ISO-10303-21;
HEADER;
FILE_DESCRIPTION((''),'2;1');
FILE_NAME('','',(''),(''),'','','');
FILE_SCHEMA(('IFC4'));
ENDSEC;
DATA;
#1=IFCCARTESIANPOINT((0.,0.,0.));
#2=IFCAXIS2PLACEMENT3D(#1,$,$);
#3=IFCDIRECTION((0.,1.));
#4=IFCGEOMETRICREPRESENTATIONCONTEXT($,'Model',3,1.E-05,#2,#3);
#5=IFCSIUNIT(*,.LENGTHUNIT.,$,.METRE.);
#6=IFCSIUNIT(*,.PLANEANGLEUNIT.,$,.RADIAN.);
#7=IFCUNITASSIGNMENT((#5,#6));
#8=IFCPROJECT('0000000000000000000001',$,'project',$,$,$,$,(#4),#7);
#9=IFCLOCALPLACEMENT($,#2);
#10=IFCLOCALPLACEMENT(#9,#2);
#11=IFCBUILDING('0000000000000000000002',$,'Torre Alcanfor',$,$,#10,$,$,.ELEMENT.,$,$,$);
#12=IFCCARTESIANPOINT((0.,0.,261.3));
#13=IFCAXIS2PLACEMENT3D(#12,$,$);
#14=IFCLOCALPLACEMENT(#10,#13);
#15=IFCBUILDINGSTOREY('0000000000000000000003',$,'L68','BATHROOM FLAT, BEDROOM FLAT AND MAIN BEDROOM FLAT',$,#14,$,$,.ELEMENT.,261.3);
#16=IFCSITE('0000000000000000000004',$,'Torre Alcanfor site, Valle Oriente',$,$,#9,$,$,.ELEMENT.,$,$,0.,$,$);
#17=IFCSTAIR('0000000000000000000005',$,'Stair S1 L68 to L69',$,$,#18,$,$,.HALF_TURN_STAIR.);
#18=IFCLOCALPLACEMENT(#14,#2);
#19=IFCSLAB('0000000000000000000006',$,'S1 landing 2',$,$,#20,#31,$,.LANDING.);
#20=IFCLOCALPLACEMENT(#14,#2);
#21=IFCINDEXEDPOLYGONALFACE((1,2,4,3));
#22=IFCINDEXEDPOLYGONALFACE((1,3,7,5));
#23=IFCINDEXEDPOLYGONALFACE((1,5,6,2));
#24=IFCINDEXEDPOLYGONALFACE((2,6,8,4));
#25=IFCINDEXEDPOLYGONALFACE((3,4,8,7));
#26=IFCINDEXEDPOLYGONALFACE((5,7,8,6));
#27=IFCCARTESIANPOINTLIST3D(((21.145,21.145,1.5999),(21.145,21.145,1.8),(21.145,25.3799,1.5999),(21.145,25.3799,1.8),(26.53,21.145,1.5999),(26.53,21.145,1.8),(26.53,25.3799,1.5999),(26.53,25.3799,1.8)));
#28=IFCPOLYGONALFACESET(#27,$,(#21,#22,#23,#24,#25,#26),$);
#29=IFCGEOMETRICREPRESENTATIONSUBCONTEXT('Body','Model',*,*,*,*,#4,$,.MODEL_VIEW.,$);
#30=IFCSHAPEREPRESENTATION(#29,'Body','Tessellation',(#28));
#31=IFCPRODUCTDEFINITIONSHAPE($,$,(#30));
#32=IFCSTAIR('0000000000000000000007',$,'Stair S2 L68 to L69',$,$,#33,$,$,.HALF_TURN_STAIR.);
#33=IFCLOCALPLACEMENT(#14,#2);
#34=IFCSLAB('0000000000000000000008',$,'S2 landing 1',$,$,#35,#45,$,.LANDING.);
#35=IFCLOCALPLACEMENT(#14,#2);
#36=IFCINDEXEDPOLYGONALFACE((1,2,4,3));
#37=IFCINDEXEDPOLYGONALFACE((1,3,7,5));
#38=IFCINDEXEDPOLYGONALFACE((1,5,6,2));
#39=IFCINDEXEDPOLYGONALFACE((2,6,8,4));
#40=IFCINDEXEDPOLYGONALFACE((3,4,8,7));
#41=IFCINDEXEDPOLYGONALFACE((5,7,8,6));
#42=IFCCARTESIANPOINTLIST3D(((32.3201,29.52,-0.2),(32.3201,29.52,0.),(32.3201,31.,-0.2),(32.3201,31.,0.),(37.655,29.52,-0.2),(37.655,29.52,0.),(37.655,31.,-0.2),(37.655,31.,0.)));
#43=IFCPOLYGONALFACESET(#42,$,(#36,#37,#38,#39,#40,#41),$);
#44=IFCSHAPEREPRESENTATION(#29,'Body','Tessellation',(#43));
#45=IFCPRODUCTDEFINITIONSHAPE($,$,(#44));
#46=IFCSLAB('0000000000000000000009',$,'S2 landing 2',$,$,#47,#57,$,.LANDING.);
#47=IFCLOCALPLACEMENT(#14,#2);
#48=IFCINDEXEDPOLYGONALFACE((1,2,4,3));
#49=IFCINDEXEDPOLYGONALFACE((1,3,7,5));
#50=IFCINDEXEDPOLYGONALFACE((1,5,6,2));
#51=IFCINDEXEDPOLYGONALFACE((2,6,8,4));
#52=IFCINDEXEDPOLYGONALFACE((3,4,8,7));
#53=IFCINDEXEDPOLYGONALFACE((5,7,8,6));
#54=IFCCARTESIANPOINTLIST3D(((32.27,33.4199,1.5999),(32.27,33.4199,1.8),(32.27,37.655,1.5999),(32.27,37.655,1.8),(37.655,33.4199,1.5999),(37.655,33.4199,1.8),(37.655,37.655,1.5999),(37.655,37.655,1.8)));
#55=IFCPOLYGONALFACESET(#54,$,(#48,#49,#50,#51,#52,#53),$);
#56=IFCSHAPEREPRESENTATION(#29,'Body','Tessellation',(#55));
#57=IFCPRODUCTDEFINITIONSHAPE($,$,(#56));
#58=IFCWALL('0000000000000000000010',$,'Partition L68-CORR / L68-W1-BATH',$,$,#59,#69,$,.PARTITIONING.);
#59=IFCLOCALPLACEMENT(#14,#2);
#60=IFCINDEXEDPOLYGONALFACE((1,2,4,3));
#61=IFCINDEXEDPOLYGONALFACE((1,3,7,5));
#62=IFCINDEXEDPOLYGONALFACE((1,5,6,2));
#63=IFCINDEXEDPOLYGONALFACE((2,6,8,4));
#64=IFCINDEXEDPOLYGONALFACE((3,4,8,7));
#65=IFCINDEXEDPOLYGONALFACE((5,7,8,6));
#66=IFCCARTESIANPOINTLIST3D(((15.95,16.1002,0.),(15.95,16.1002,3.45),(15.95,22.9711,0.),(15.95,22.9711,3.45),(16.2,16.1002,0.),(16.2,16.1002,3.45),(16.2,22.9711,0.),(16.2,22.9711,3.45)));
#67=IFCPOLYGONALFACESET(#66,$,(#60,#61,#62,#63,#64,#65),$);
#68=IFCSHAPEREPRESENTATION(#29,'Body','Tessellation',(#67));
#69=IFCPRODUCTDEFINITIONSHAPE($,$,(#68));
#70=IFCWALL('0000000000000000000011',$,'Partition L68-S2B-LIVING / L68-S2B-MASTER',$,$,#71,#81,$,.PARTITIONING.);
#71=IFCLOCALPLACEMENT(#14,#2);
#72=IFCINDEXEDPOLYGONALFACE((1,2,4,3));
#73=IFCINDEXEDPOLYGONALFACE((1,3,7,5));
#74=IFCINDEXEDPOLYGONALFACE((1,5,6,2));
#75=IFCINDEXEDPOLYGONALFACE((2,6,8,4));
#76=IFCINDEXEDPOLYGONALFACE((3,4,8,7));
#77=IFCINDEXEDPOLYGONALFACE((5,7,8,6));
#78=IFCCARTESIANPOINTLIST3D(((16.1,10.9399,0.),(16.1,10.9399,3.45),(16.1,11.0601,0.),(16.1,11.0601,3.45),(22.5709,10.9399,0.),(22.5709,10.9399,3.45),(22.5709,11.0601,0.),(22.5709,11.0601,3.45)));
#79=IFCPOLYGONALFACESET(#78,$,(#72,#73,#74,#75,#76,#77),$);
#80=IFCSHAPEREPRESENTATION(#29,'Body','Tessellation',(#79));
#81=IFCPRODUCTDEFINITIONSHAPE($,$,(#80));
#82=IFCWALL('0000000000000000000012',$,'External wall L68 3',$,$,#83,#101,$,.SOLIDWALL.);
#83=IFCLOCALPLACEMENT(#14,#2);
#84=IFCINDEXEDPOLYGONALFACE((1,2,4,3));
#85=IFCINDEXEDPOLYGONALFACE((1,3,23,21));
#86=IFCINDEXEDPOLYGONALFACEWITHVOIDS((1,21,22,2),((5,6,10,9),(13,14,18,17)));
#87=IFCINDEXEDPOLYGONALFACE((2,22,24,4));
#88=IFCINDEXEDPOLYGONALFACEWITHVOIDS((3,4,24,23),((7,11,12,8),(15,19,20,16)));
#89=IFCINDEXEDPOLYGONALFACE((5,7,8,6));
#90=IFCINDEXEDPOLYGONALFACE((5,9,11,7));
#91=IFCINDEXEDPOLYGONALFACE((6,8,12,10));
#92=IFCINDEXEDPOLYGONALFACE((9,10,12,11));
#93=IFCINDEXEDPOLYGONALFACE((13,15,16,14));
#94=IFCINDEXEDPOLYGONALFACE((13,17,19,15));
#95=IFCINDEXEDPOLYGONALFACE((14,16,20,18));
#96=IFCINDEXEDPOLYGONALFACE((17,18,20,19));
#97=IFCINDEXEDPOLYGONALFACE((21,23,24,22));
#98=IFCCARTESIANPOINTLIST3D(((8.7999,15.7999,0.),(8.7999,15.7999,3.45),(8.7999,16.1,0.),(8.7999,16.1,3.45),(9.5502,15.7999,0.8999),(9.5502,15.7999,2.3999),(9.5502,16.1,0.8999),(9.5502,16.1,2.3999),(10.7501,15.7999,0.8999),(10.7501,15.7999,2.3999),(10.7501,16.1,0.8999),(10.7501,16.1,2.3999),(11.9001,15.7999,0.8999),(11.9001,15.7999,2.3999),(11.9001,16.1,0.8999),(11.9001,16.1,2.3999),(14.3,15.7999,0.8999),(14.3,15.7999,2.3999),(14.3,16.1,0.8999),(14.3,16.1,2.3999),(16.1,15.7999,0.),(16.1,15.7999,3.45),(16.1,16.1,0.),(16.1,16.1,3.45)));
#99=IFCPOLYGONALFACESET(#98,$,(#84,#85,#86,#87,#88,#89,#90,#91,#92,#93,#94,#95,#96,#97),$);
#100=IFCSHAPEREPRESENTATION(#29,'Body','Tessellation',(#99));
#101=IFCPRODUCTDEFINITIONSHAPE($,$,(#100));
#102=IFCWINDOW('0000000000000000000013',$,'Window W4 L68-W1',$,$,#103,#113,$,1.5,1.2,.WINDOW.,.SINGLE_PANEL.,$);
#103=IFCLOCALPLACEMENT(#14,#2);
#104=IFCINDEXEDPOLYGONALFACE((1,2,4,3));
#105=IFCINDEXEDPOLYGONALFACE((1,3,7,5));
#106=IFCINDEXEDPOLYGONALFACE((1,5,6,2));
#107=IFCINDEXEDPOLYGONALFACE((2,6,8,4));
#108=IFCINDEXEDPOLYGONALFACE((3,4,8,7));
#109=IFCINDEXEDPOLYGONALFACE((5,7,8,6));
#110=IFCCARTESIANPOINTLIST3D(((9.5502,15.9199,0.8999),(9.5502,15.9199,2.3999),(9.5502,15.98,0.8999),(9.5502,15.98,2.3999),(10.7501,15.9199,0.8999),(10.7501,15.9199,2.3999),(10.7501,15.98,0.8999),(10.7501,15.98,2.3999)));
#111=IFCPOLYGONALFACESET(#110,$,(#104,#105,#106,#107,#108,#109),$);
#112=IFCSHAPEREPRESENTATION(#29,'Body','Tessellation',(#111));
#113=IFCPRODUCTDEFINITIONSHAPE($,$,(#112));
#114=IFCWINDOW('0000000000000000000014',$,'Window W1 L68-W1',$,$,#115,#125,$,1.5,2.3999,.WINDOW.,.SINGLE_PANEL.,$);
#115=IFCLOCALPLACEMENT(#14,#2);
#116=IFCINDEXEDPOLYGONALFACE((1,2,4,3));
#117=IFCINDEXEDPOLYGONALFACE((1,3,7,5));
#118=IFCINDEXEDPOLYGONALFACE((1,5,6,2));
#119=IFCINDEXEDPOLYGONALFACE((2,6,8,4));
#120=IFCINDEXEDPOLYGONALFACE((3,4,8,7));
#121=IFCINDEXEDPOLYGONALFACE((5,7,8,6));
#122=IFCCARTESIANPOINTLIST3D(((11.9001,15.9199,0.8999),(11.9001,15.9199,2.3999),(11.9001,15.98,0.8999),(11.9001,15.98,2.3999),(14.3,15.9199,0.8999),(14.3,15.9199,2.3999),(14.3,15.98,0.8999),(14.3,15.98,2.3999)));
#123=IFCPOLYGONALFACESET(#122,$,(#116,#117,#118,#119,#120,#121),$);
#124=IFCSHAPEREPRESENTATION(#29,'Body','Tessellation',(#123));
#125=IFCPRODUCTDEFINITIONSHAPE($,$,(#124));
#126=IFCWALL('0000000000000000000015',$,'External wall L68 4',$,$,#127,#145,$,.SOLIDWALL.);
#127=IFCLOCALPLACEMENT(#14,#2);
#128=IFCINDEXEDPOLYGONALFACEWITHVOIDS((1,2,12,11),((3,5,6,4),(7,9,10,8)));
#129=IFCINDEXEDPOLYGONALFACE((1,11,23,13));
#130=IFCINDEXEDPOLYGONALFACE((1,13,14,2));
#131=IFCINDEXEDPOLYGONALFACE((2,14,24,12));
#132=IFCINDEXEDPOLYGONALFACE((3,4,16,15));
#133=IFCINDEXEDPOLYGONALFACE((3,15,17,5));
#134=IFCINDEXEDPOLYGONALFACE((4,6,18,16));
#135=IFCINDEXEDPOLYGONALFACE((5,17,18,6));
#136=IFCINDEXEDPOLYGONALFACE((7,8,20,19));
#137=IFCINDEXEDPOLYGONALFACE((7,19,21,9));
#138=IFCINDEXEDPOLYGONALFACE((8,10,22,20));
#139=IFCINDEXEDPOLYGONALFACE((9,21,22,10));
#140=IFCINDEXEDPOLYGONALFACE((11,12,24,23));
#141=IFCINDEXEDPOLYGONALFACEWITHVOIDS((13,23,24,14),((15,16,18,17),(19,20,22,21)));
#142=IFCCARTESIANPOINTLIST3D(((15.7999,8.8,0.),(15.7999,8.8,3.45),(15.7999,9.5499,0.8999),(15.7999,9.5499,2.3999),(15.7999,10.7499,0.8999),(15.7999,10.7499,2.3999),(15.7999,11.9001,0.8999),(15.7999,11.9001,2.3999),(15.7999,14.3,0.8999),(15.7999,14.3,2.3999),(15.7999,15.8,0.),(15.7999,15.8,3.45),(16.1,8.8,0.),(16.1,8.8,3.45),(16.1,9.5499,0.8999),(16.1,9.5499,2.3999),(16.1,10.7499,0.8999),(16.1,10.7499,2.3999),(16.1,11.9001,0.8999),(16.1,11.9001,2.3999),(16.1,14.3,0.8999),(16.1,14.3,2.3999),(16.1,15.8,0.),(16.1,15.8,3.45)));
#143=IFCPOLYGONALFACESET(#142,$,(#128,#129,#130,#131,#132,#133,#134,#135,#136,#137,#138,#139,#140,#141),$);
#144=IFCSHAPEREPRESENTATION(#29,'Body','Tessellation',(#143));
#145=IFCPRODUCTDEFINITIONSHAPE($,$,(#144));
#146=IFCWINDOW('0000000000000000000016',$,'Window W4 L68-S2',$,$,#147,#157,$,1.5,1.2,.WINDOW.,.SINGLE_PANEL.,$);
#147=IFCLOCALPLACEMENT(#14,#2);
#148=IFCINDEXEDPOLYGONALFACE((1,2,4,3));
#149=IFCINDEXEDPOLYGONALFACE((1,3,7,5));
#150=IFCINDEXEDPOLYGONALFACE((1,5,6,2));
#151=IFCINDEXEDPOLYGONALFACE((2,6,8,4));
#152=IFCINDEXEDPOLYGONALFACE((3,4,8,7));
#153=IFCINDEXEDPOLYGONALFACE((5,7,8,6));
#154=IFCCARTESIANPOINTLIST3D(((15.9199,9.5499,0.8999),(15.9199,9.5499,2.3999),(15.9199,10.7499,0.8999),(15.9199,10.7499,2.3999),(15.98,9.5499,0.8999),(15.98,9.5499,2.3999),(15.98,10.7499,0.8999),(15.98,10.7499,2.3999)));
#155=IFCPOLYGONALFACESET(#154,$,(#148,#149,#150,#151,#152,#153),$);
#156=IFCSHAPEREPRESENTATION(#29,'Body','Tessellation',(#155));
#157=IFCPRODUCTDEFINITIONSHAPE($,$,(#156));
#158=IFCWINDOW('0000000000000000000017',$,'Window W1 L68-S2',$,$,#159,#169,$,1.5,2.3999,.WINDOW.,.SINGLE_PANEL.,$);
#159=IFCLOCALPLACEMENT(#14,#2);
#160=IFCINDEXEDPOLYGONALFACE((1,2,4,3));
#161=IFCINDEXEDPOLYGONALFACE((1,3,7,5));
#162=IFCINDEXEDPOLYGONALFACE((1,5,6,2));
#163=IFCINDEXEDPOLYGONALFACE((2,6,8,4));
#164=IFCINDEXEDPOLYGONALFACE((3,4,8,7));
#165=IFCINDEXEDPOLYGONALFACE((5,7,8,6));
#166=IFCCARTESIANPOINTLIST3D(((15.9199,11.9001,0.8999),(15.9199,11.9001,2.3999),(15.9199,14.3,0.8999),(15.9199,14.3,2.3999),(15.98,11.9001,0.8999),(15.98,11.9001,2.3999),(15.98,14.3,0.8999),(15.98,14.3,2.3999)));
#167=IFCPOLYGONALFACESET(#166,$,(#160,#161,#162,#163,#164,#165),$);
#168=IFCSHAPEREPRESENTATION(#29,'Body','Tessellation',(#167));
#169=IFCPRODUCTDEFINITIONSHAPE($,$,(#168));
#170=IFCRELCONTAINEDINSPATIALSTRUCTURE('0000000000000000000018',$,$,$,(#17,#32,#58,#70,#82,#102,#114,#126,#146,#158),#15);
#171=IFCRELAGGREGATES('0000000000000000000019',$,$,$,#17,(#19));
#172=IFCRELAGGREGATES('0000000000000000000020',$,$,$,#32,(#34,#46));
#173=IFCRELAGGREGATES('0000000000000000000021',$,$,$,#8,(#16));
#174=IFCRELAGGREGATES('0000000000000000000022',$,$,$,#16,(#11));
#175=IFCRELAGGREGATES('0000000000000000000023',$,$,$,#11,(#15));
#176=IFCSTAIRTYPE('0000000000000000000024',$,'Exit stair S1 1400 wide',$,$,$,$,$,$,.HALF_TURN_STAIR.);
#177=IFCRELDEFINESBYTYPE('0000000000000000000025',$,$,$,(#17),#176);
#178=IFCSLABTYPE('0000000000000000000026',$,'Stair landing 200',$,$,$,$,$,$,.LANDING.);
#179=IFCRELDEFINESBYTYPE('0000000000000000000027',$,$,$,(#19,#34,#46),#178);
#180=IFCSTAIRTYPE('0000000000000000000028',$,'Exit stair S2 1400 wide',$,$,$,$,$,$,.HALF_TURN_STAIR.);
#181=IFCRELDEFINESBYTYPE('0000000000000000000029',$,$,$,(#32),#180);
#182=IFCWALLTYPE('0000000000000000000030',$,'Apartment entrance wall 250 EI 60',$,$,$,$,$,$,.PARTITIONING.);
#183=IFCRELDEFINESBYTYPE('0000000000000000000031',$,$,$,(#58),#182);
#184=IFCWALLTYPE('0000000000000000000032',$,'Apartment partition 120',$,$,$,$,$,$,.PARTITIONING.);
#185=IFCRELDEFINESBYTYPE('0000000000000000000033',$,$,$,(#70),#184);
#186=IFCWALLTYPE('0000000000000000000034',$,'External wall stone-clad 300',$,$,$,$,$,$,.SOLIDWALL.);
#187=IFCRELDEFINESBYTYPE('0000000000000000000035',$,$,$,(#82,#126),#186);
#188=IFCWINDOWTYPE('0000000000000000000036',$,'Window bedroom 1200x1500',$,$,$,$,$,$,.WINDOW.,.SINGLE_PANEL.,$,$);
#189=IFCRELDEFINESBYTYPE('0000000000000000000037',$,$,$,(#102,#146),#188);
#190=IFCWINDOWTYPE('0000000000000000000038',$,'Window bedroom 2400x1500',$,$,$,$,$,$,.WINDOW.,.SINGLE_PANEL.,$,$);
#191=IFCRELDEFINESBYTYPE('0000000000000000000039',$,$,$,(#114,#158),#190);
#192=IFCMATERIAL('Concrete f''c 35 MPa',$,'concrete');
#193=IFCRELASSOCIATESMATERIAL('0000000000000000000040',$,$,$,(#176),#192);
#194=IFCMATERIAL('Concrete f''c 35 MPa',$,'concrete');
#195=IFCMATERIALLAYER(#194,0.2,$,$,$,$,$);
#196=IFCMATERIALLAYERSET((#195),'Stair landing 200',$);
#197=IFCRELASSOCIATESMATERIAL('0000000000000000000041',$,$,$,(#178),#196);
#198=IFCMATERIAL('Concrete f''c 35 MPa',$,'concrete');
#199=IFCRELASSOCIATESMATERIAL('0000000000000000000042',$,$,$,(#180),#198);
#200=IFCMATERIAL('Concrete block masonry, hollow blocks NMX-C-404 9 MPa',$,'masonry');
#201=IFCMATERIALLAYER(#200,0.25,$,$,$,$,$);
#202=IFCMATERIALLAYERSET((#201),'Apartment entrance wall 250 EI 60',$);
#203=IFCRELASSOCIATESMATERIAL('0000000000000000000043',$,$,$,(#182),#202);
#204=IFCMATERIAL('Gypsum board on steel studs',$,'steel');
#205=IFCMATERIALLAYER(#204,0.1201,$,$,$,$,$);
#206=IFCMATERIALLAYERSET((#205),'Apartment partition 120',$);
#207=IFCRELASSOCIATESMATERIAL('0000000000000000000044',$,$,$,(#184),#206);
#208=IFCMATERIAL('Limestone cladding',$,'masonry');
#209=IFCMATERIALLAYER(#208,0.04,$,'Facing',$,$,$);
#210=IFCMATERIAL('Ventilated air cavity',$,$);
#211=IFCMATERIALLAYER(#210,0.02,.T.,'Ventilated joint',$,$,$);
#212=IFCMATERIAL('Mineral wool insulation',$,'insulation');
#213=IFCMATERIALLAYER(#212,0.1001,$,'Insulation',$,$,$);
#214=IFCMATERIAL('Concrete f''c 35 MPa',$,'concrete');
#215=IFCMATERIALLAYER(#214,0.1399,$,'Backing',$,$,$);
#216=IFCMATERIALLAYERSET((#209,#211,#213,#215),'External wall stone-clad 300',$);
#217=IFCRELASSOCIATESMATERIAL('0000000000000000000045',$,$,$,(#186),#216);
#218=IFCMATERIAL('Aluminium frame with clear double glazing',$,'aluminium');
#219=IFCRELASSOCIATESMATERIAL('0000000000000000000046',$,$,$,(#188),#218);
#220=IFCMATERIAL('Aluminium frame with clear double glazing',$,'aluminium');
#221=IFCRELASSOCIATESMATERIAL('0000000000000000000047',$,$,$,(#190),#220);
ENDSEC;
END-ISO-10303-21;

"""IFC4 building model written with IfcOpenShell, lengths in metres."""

from ifc_helpers import new_model, si_unit, direction, frame, frame_2d, origin, place, context, subcontext, project, spatial, polyline, rectangle, outline, extrude, material, layer, layer_set, type_object, element, fill, aggregate, save


model = new_model("IFC4")

# Units and contexts
model_context = context("Model", 3, precision=1e-05, world=origin(), true_north=direction((0.0, 1.0)))
body_context = subcontext(model_context, "Body", "Model", "MODEL_VIEW")
ifc_project = project(units=[si_unit("LENGTHUNIT", "METRE"), si_unit("PLANEANGLEUNIT", "RADIAN")], contexts=[model_context])

# Site, building, storey
site_placement = place(None, origin())
site = spatial("IfcSite", under=ifc_project, at=site_placement, Name="Torre Alcanfor site, Valle Oriente", CompositionType="ELEMENT", RefElevation=0.0)
building_placement = place(site_placement, origin())
building = spatial("IfcBuilding", under=site, at=building_placement, Name="Torre Alcanfor", CompositionType="ELEMENT")
storey_placement = place(building_placement, frame((0.0, 0.0, 261.3)))
storey = spatial("IfcBuildingStorey", under=building, at=storey_placement, Name="L68", Description="BATHROOM FLAT, BEDROOM FLAT AND MAIN BEDROOM FLAT", CompositionType="ELEMENT", Elevation=261.3)

# Stairs, slabs
ifc_material_1 = material(Name="Concrete f'c 35 MPa", Category="concrete")
stair_type_1 = type_object("IfcStairType", Name="Exit stair S1 1400 wide", PredefinedType="HALF_TURN_STAIR", material=ifc_material_1)
stair_1_placement = place(storey_placement, origin())
stair_1 = element("IfcStair", 1, at=stair_1_placement, inside=storey, type_object=stair_type_1, Name="Stair S1 L68 to L69", PredefinedType="HALF_TURN_STAIR")
ifc_material_2 = material(Name="Concrete f'c 35 MPa", Category="concrete")
ifc_layer_1 = layer(ifc_material_2, 0.2)
ifc_layer_set_1 = layer_set([ifc_layer_1], Name="Stair landing 200")
slab_type_1 = type_object("IfcSlabType", Name="Stair landing 200", PredefinedType="LANDING", material=ifc_layer_set_1)
slab_1_placement = place(storey_placement, frame((0.0, 0.0, 1.5999)))
slab_1 = element("IfcSlab", 2, at=slab_1_placement, type_object=slab_type_1, Name="S1 landing 2", PredefinedType="LANDING", context=body_context, shape_type="SweptSolid", body=[
    extrude(outline(polyline([(21.145, 21.145), (26.53, 21.145), (26.53, 25.3799), (21.145, 25.3799), (21.145, 21.145)])), origin(), (0.0, 0.0, 1.0), 0.2002),
])
aggregate(stair_1, [slab_1])
ifc_material_3 = material(Name="Concrete f'c 35 MPa", Category="concrete")
stair_type_2 = type_object("IfcStairType", Name="Exit stair S2 1400 wide", PredefinedType="HALF_TURN_STAIR", material=ifc_material_3)
stair_2_placement = place(storey_placement, origin())
stair_2 = element("IfcStair", 3, at=stair_2_placement, inside=storey, type_object=stair_type_2, Name="Stair S2 L68 to L69", PredefinedType="HALF_TURN_STAIR")
slab_2_placement = place(storey_placement, frame((0.0, 0.0, -0.2)))
slab_2 = element("IfcSlab", 4, at=slab_2_placement, type_object=slab_type_1, Name="S2 landing 1", PredefinedType="LANDING", context=body_context, shape_type="SweptSolid", body=[
    extrude(outline(polyline([(32.3201, 29.52), (37.655, 29.52), (37.655, 31.0), (32.3201, 31.0), (32.3201, 29.52)])), origin(), (0.0, 0.0, 1.0), 0.2),
])
slab_3_placement = place(storey_placement, frame((0.0, 0.0, 1.5999)))
slab_3 = element("IfcSlab", 5, at=slab_3_placement, type_object=slab_type_1, Name="S2 landing 2", PredefinedType="LANDING", context=body_context, shape_type="SweptSolid", body=[
    extrude(outline(polyline([(32.27, 33.4199), (37.655, 33.4199), (37.655, 37.655), (32.27, 37.655), (32.27, 33.4199)])), origin(), (0.0, 0.0, 1.0), 0.2002),
])
aggregate(stair_2, [slab_2, slab_3])

# Walls
ifc_material_4 = material(Name="Concrete block masonry, hollow blocks NMX-C-404 9 MPa", Category="masonry")
ifc_layer_2 = layer(ifc_material_4, 0.25)
ifc_layer_set_2 = layer_set([ifc_layer_2], Name="Apartment entrance wall 250 EI 60")
wall_type_1 = type_object("IfcWallType", Name="Apartment entrance wall 250 EI 60", PredefinedType="PARTITIONING", material=ifc_layer_set_2)
wall_1_placement = place(storey_placement, frame((16.075, 16.1001, 0.0), z_axis=(0.0, 0.0, 1.0), x_axis=(0.0, 1.0, 0.0)))
element("IfcWall", 6, at=wall_1_placement, inside=storey, type_object=wall_type_1, Name="Partition L68-CORR / L68-W1-BATH", PredefinedType="PARTITIONING", context=body_context, shape_type="SweptSolid", body=[
    extrude(rectangle(XDim=6.8708, YDim=0.25, at=frame_2d((3.4355, 0.0))), origin(), (0.0, 0.0, 1.0), 3.45),
])
ifc_material_5 = material(Name="Gypsum board on steel studs", Category="steel")
ifc_layer_3 = layer(ifc_material_5, 0.1201)
ifc_layer_set_3 = layer_set([ifc_layer_3], Name="Apartment partition 120")
wall_type_2 = type_object("IfcWallType", Name="Apartment partition 120", PredefinedType="PARTITIONING", material=ifc_layer_set_3)
wall_2_placement = place(storey_placement, frame((16.1001, 11.0, 0.0), z_axis=(0.0, 0.0, 1.0), x_axis=(1.0, 0.0, 0.0)))
element("IfcWall", 7, at=wall_2_placement, inside=storey, type_object=wall_type_2, Name="Partition L68-S2B-LIVING / L68-S2B-MASTER", PredefinedType="PARTITIONING", context=body_context, shape_type="SweptSolid", body=[
    extrude(rectangle(XDim=6.4709, YDim=0.1201, at=frame_2d((3.2354, 0.0))), origin(), (0.0, 0.0, 1.0), 3.45),
])

# Walls, openings, windows
ifc_material_6 = material(Name="Limestone cladding", Category="masonry")
ifc_layer_4 = layer(ifc_material_6, 0.04, Name="Facing")
ifc_material_7 = material(Name="Ventilated air cavity")
ifc_layer_5 = layer(ifc_material_7, 0.02, ventilated=True, Name="Ventilated joint")
ifc_material_8 = material(Name="Mineral wool insulation", Category="insulation")
ifc_layer_6 = layer(ifc_material_8, 0.1001, Name="Insulation")
ifc_material_9 = material(Name="Concrete f'c 35 MPa", Category="concrete")
ifc_layer_7 = layer(ifc_material_9, 0.1399, Name="Backing")
ifc_layer_set_4 = layer_set([ifc_layer_4, ifc_layer_5, ifc_layer_6, ifc_layer_7], Name="External wall stone-clad 300")
wall_type_3 = type_object("IfcWallType", Name="External wall stone-clad 300", PredefinedType="SOLIDWALL", material=ifc_layer_set_4)
wall_3_placement = place(storey_placement, frame((8.8, 15.95, 0.0), z_axis=(0.0, 0.0, 1.0), x_axis=(1.0, 0.0, 0.0)))
wall_3 = element("IfcWall", 8, at=wall_3_placement, inside=storey, type_object=wall_type_3, Name="External wall L68 3", PredefinedType="SOLIDWALL", context=body_context, shape_type="SweptSolid", body=[
    extrude(rectangle(XDim=7.3, YDim=0.3, at=frame_2d((3.6499, 0.0))), origin(), (0.0, 0.0, 1.0), 3.45),
])
opening_1_placement = place(wall_3_placement, frame((3.1001, 0.0, 0.8999)))
opening_1 = element("IfcOpeningElement", 9, at=opening_1_placement, cuts=wall_3, PredefinedType="OPENING", context=body_context, shape_type="SweptSolid", body=[
    extrude(rectangle(XDim=2.3999, YDim=1.5, at=frame_2d((1.2, 0.75))), frame((0.0, 0.1599, 0.0), z_axis=(0.0, -1.0, 0.0), x_axis=(1.0, 0.0, 0.0)), (0.0, 0.0, 1.0), 0.3201),
])
opening_2_placement = place(wall_3_placement, frame((0.75, 0.0, 0.8999)))
opening_2 = element("IfcOpeningElement", 10, at=opening_2_placement, cuts=wall_3, PredefinedType="OPENING", context=body_context, shape_type="SweptSolid", body=[
    extrude(rectangle(XDim=1.2, YDim=1.5, at=frame_2d((0.6001, 0.75))), frame((0.0, 0.1599, 0.0), z_axis=(0.0, -1.0, 0.0), x_axis=(1.0, 0.0, 0.0)), (0.0, 0.0, 1.0), 0.3201),
])
ifc_material_10 = material(Name="Aluminium frame with clear double glazing", Category="aluminium")
window_type_1 = type_object("IfcWindowType", Name="Window bedroom 1200x1500", PartitioningType="SINGLE_PANEL", PredefinedType="WINDOW", material=ifc_material_10)
window_1_placement = place(opening_2_placement, origin())
window_1 = element("IfcWindow", 11, at=window_1_placement, inside=storey, type_object=window_type_1, Name="Window W4 L68-W1", OverallHeight=1.5, OverallWidth=1.2, PartitioningType="SINGLE_PANEL", PredefinedType="WINDOW", context=body_context, shape_type="SweptSolid", body=[
    extrude(rectangle(XDim=1.2, YDim=1.5, at=frame_2d((0.6001, 0.75))), frame((0.0, 0.03, 0.0), z_axis=(0.0, -1.0, 0.0), x_axis=(1.0, 0.0, 0.0)), (0.0, 0.0, 1.0), 0.0601),
])
fill(opening_2, window_1)
ifc_material_11 = material(Name="Aluminium frame with clear double glazing", Category="aluminium")
window_type_2 = type_object("IfcWindowType", Name="Window bedroom 2400x1500", PartitioningType="SINGLE_PANEL", PredefinedType="WINDOW", material=ifc_material_11)
window_2_placement = place(opening_1_placement, origin())
window_2 = element("IfcWindow", 12, at=window_2_placement, inside=storey, type_object=window_type_2, Name="Window W1 L68-W1", OverallHeight=1.5, OverallWidth=2.3999, PartitioningType="SINGLE_PANEL", PredefinedType="WINDOW", context=body_context, shape_type="SweptSolid", body=[
    extrude(rectangle(XDim=2.3999, YDim=1.5, at=frame_2d((1.2, 0.75))), frame((0.0, 0.03, 0.0), z_axis=(0.0, -1.0, 0.0), x_axis=(1.0, 0.0, 0.0)), (0.0, 0.0, 1.0), 0.0601),
])
fill(opening_1, window_2)
wall_4_placement = place(storey_placement, frame((15.95, 15.8, 0.0), z_axis=(0.0, 0.0, 1.0), x_axis=(0.0, -1.0, 0.0)))
wall_4 = element("IfcWall", 13, at=wall_4_placement, inside=storey, type_object=wall_type_3, Name="External wall L68 4", PredefinedType="SOLIDWALL", context=body_context, shape_type="SweptSolid", body=[
    extrude(rectangle(XDim=7.0, YDim=0.3, at=frame_2d((3.5, 0.0))), origin(), (0.0, 0.0, 1.0), 3.45),
])
opening_3_placement = place(wall_4_placement, frame((1.5, 0.0, 0.8999)))
opening_3 = element("IfcOpeningElement", 14, at=opening_3_placement, cuts=wall_4, PredefinedType="OPENING", context=body_context, shape_type="SweptSolid", body=[
    extrude(rectangle(XDim=2.3999, YDim=1.5, at=frame_2d((1.2, 0.75))), frame((0.0, 0.1599, 0.0), z_axis=(0.0, -1.0, 0.0), x_axis=(1.0, 0.0, 0.0)), (0.0, 0.0, 1.0), 0.3201),
])
opening_4_placement = place(wall_4_placement, frame((5.05, 0.0, 0.8999)))
opening_4 = element("IfcOpeningElement", 15, at=opening_4_placement, cuts=wall_4, PredefinedType="OPENING", context=body_context, shape_type="SweptSolid", body=[
    extrude(rectangle(XDim=1.2, YDim=1.5, at=frame_2d((0.6001, 0.75))), frame((0.0, 0.1599, 0.0), z_axis=(0.0, -1.0, 0.0), x_axis=(1.0, 0.0, 0.0)), (0.0, 0.0, 1.0), 0.3201),
])
window_3_placement = place(opening_4_placement, origin())
window_3 = element("IfcWindow", 16, at=window_3_placement, inside=storey, type_object=window_type_1, Name="Window W4 L68-S2", OverallHeight=1.5, OverallWidth=1.2, PartitioningType="SINGLE_PANEL", PredefinedType="WINDOW", context=body_context, shape_type="SweptSolid", body=[
    extrude(rectangle(XDim=1.2, YDim=1.5, at=frame_2d((0.6001, 0.75))), frame((0.0, 0.03, 0.0), z_axis=(0.0, -1.0, 0.0), x_axis=(1.0, 0.0, 0.0)), (0.0, 0.0, 1.0), 0.0601),
])
fill(opening_4, window_3)
window_4_placement = place(opening_3_placement, origin())
window_4 = element("IfcWindow", 17, at=window_4_placement, inside=storey, type_object=window_type_2, Name="Window W1 L68-S2", OverallHeight=1.5, OverallWidth=2.3999, PartitioningType="SINGLE_PANEL", PredefinedType="WINDOW", context=body_context, shape_type="SweptSolid", body=[
    extrude(rectangle(XDim=2.3999, YDim=1.5, at=frame_2d((1.2, 0.75))), frame((0.0, 0.03, 0.0), z_axis=(0.0, -1.0, 0.0), x_axis=(1.0, 0.0, 0.0)), (0.0, 0.0, 1.0), 0.0601),
])
fill(opening_3, window_4)

save(model, "model.ifc")
